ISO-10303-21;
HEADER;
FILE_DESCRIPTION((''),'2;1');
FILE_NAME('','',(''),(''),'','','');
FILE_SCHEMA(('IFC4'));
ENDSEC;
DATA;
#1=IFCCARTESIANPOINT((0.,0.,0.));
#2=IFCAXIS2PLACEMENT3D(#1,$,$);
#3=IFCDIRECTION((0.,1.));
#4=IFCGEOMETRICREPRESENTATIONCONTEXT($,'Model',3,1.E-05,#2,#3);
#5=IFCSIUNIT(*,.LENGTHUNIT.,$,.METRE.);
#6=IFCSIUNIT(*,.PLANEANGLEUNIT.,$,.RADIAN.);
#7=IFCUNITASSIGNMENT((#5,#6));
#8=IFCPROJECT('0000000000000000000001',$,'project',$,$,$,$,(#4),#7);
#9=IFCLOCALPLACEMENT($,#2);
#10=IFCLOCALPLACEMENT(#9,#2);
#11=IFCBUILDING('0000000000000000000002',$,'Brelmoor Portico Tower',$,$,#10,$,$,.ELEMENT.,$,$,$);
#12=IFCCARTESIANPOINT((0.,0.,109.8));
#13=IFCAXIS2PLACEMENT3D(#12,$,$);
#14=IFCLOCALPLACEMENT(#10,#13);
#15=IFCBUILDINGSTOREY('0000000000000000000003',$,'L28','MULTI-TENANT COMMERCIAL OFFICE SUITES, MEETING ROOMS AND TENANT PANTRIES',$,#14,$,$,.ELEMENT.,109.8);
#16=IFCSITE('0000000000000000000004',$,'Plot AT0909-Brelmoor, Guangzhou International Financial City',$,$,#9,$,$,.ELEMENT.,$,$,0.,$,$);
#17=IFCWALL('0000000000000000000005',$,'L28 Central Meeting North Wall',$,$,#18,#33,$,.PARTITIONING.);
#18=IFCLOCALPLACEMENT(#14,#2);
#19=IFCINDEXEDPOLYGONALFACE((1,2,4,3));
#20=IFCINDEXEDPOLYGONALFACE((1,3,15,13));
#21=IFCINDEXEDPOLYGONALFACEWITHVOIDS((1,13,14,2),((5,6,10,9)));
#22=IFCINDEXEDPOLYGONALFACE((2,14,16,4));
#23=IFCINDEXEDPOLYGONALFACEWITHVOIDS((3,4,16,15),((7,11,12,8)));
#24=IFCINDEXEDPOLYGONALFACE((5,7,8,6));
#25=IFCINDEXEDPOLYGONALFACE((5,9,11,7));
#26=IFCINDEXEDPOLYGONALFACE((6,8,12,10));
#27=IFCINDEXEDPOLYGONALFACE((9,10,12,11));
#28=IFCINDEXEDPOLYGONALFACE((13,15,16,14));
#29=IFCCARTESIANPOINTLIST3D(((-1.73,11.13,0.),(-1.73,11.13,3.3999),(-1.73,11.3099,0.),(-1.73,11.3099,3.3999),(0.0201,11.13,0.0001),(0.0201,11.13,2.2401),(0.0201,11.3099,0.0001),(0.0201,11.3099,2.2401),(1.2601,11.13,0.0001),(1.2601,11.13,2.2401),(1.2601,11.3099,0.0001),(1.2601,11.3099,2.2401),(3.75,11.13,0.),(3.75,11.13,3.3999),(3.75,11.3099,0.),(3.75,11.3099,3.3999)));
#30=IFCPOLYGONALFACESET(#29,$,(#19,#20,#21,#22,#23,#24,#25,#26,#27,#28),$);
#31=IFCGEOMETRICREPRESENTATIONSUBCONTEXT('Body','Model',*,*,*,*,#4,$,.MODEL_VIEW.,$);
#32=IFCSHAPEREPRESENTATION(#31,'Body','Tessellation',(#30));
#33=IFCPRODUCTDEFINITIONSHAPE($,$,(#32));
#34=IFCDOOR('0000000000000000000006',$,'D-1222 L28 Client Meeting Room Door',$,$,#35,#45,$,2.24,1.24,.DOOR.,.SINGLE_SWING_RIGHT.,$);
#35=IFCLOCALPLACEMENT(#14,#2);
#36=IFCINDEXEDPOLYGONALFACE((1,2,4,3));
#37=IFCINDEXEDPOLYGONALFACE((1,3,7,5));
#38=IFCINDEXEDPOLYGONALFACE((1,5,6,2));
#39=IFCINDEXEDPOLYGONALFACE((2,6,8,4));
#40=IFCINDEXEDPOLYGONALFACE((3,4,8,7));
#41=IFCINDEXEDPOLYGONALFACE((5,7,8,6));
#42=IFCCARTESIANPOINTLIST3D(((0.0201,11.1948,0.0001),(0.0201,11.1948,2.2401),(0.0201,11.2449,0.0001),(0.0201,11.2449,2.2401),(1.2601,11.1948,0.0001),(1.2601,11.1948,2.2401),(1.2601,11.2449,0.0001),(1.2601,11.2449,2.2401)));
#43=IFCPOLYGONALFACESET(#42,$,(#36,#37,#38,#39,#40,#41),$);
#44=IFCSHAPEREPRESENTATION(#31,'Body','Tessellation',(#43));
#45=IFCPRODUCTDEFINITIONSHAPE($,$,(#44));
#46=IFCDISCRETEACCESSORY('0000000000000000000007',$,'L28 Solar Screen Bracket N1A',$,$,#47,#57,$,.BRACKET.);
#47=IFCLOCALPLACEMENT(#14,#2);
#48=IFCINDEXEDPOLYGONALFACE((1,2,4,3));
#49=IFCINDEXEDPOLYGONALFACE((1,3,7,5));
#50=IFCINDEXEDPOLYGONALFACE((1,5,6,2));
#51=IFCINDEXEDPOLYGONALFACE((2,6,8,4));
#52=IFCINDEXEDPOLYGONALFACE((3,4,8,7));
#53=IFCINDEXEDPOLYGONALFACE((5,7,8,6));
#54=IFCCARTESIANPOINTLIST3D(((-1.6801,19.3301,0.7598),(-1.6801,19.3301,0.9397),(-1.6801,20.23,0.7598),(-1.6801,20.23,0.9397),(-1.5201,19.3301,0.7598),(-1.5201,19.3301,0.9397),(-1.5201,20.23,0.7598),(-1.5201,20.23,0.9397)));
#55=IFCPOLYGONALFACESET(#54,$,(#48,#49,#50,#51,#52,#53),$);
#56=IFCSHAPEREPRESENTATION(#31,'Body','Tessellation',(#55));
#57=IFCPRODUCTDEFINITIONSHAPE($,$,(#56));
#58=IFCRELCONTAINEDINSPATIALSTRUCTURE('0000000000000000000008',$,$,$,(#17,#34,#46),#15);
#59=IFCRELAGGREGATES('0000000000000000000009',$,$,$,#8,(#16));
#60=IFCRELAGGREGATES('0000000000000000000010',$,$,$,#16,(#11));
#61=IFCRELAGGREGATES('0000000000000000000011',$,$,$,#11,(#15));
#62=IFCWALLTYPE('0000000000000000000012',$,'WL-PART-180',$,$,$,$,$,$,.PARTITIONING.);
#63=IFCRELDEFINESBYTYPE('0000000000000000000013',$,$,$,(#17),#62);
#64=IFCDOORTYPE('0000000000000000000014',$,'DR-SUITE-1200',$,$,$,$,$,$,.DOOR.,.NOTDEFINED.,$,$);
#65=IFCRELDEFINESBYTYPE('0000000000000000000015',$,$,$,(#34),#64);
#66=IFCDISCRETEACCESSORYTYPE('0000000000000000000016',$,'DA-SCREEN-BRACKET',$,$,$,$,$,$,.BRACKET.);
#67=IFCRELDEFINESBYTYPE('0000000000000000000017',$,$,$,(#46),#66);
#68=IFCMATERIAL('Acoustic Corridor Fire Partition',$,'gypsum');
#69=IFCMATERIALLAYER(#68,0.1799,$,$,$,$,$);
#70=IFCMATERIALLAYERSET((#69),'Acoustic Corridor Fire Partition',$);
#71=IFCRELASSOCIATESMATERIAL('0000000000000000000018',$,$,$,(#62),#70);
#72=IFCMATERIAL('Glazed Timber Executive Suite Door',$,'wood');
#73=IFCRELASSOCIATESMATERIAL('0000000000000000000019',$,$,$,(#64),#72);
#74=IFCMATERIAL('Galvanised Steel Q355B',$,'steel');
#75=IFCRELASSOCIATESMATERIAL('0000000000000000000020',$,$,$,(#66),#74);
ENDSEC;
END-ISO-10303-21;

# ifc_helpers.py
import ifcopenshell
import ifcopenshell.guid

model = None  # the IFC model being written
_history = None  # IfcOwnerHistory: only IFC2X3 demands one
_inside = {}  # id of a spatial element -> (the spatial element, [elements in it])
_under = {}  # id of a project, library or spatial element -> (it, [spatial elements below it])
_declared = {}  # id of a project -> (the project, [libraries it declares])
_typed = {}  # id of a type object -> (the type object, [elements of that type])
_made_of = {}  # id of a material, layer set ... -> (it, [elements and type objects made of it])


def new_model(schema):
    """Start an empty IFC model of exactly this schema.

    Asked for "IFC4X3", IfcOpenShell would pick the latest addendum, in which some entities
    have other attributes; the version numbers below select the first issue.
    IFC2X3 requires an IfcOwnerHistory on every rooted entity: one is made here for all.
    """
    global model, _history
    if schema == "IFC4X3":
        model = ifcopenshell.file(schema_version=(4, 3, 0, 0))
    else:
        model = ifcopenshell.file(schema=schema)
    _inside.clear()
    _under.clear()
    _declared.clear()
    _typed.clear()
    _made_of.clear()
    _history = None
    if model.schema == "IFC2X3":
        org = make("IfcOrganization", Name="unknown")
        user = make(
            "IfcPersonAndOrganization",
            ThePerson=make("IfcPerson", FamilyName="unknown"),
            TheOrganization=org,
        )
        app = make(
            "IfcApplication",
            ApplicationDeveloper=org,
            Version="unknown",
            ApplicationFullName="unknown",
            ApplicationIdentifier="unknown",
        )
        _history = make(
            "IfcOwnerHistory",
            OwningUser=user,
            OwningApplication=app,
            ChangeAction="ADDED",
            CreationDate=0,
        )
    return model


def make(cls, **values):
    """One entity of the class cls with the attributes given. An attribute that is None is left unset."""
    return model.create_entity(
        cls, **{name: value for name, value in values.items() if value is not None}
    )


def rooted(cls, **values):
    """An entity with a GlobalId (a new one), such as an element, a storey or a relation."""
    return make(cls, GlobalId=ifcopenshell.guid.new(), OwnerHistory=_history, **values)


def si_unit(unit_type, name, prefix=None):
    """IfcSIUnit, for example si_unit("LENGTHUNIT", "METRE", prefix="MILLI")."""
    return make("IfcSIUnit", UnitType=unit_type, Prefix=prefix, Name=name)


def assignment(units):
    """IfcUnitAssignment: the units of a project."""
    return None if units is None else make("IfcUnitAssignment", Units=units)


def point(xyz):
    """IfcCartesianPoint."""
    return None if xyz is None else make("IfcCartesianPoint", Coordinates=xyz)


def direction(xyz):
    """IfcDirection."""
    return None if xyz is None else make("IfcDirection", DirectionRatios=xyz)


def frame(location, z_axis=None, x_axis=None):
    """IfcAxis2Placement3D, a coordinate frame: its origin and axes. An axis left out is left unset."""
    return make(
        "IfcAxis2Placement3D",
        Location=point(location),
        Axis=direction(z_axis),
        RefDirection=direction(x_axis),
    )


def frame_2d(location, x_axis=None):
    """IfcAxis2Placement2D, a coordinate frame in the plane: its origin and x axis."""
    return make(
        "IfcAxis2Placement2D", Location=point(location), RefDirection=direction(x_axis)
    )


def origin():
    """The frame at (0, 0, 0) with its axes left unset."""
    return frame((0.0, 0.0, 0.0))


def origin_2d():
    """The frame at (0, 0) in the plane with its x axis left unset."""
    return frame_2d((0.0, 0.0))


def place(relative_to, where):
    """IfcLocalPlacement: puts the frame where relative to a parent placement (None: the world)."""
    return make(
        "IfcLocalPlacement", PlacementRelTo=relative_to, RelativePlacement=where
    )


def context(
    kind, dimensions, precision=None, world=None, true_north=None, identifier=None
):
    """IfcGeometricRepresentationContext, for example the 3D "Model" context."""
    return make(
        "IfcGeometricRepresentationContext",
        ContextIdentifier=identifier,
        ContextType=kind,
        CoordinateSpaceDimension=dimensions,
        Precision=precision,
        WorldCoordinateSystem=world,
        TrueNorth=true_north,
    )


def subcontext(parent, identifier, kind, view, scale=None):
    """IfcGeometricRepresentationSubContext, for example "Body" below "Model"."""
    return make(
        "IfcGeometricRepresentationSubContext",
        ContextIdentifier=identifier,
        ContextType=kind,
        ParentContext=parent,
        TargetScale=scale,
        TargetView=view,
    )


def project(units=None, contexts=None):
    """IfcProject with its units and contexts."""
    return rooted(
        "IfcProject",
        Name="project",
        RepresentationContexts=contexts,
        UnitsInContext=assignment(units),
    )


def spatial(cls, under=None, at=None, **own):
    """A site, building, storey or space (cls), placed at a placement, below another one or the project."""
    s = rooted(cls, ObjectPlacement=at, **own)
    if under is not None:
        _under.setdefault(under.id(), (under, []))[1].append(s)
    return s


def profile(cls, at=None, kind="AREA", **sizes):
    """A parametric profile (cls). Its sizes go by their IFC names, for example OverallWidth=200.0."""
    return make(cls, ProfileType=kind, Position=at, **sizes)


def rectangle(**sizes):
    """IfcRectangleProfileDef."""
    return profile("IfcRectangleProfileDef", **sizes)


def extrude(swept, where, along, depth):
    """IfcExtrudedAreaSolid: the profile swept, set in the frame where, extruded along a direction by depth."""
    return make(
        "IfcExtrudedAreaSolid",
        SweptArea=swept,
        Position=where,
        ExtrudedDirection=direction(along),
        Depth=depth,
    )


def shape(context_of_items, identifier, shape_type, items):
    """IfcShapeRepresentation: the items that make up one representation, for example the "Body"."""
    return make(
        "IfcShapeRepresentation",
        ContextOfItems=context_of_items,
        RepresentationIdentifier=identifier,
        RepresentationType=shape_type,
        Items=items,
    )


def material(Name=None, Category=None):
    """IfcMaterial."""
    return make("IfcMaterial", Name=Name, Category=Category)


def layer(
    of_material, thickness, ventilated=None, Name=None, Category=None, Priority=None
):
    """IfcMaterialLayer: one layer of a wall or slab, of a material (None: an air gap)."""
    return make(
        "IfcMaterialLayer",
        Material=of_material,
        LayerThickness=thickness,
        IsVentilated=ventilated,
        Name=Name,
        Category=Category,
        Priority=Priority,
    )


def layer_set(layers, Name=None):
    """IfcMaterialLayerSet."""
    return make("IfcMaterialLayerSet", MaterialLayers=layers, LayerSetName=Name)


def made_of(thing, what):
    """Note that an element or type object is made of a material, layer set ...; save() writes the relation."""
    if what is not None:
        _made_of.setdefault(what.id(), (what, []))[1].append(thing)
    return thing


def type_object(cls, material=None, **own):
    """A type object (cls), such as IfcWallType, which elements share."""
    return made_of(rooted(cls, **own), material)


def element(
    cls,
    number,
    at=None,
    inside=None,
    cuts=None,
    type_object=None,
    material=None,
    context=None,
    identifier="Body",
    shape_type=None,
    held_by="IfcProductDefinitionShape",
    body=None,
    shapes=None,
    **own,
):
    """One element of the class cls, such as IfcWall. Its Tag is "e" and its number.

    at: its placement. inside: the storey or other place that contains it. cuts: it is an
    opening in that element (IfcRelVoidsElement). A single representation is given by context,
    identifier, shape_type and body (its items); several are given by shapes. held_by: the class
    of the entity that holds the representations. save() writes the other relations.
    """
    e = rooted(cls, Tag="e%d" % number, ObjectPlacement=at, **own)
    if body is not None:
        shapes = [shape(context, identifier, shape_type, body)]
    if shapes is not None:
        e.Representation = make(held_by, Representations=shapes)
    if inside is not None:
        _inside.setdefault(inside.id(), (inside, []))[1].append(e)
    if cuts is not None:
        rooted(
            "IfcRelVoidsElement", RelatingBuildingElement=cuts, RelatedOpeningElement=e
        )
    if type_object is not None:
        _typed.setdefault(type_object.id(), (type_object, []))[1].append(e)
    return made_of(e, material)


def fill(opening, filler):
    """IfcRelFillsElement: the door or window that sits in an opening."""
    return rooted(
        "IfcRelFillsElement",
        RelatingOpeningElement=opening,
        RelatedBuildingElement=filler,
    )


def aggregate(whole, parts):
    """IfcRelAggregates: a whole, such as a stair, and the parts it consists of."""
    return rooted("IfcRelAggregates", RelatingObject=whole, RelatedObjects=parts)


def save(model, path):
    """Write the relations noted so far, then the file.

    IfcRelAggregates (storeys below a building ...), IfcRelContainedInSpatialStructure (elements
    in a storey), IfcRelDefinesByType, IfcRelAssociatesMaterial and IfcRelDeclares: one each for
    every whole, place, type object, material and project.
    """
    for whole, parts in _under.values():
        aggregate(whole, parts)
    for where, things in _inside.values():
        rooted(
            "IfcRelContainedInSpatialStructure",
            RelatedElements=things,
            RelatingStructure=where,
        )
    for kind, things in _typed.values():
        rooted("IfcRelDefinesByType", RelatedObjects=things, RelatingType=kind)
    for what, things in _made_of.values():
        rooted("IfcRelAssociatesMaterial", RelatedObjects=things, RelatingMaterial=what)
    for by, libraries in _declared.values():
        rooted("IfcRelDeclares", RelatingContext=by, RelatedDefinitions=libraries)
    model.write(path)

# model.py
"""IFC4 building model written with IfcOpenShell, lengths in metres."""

from ifc_helpers import new_model, si_unit, direction, frame, frame_2d, origin, origin_2d, place, context, subcontext, project, spatial, rectangle, extrude, material, layer, layer_set, type_object, element, fill, save


model = new_model("IFC4")

# Units and contexts
model_context = context("Model", 3, precision=1e-05, world=origin(), true_north=direction((0.0, 1.0)))
body_context = subcontext(model_context, "Body", "Model", "MODEL_VIEW")
ifc_project = project(units=[si_unit("LENGTHUNIT", "METRE"), si_unit("PLANEANGLEUNIT", "RADIAN")], contexts=[model_context])

# Site, building, storey
site_placement = place(None, origin())
site = spatial("IfcSite", under=ifc_project, at=site_placement, Name="Plot AT0909-Brelmoor, Guangzhou International Financial City", CompositionType="ELEMENT", RefElevation=0.0)
building_placement = place(site_placement, origin())
building = spatial("IfcBuilding", under=site, at=building_placement, Name="Brelmoor Portico Tower", CompositionType="ELEMENT")
storey_placement = place(building_placement, frame((0.0, 0.0, 109.8)))
storey = spatial("IfcBuildingStorey", under=building, at=storey_placement, Name="L28", Description="MULTI-TENANT COMMERCIAL OFFICE SUITES, MEETING ROOMS AND TENANT PANTRIES", CompositionType="ELEMENT", Elevation=109.8)

# Shared definitions
ifc_material_1 = material(Name="Acoustic Corridor Fire Partition", Category="gypsum")
ifc_layer_1 = layer(ifc_material_1, 0.1799)
ifc_layer_set_1 = layer_set([ifc_layer_1], Name="Acoustic Corridor Fire Partition")
wall_type_1 = type_object("IfcWallType", Name="WL-PART-180", PredefinedType="PARTITIONING", material=ifc_layer_set_1)

# Wall, opening, door
wall_1_placement = place(storey_placement, frame((-1.73, 11.22, 0.0), z_axis=(0.0, 0.0, 1.0), x_axis=(1.0, 0.0, 0.0)))
wall_1 = element("IfcWall", 1, at=wall_1_placement, inside=storey, type_object=wall_type_1, Name="L28 Central Meeting North Wall", PredefinedType="PARTITIONING", context=body_context, shape_type="SweptSolid", body=[
    extrude(rectangle(XDim=5.48, YDim=0.1799, at=frame_2d((2.74, 0.0))), origin(), (0.0, 0.0, 1.0), 3.3999),
])
opening_1_placement = place(wall_1_placement, frame((1.75, 0.0, 0.0)))
opening_1 = element("IfcOpeningElement", 2, at=opening_1_placement, cuts=wall_1, PredefinedType="OPENING", context=body_context, shape_type="SweptSolid", body=[
    extrude(rectangle(XDim=1.24, YDim=2.24, at=frame_2d((0.6201, 1.1201))), frame((0.0, 0.0999, 0.0), z_axis=(0.0, -1.0, 0.0), x_axis=(1.0, 0.0, 0.0)), (0.0, 0.0, 1.0), 0.2),
])
ifc_material_2 = material(Name="Glazed Timber Executive Suite Door", Category="wood")
door_type_1 = type_object("IfcDoorType", Name="DR-SUITE-1200", OperationType="NOTDEFINED", PredefinedType="DOOR", material=ifc_material_2)
door_1_placement = place(opening_1_placement, origin())
door_1 = element("IfcDoor", 3, at=door_1_placement, inside=storey, type_object=door_type_1, Name="D-1222 L28 Client Meeting Room Door", OperationType="SINGLE_SWING_RIGHT", OverallHeight=2.24, OverallWidth=1.24, PredefinedType="DOOR", context=body_context, shape_type="SweptSolid", body=[
    extrude(rectangle(XDim=1.24, YDim=2.24, at=frame_2d((0.6201, 1.1201))), frame((0.0, 0.0249, 0.0), z_axis=(0.0, -1.0, 0.0), x_axis=(1.0, 0.0, 0.0)), (0.0, 0.0, 1.0), 0.05),
])
fill(opening_1, door_1)

# Discrete accessory
ifc_material_3 = material(Name="Galvanised Steel Q355B", Category="steel")
discrete_accessory_type = type_object("IfcDiscreteAccessoryType", Name="DA-SCREEN-BRACKET", PredefinedType="BRACKET", material=ifc_material_3)
discrete_accessory_placement = place(storey_placement, frame((-1.6001, 19.78, 0.7598), z_axis=(0.0, 0.0, 1.0), x_axis=(1.0, 0.0, 0.0)))
element("IfcDiscreteAccessory", 4, at=discrete_accessory_placement, inside=storey, type_object=discrete_accessory_type, Name="L28 Solar Screen Bracket N1A", PredefinedType="BRACKET", context=body_context, shape_type="SweptSolid", body=[
    extrude(rectangle(XDim=0.1599, YDim=0.8999, at=origin_2d()), origin(), (0.0, 0.0, 1.0), 0.1799),
])

save(model, "model.ifc")
